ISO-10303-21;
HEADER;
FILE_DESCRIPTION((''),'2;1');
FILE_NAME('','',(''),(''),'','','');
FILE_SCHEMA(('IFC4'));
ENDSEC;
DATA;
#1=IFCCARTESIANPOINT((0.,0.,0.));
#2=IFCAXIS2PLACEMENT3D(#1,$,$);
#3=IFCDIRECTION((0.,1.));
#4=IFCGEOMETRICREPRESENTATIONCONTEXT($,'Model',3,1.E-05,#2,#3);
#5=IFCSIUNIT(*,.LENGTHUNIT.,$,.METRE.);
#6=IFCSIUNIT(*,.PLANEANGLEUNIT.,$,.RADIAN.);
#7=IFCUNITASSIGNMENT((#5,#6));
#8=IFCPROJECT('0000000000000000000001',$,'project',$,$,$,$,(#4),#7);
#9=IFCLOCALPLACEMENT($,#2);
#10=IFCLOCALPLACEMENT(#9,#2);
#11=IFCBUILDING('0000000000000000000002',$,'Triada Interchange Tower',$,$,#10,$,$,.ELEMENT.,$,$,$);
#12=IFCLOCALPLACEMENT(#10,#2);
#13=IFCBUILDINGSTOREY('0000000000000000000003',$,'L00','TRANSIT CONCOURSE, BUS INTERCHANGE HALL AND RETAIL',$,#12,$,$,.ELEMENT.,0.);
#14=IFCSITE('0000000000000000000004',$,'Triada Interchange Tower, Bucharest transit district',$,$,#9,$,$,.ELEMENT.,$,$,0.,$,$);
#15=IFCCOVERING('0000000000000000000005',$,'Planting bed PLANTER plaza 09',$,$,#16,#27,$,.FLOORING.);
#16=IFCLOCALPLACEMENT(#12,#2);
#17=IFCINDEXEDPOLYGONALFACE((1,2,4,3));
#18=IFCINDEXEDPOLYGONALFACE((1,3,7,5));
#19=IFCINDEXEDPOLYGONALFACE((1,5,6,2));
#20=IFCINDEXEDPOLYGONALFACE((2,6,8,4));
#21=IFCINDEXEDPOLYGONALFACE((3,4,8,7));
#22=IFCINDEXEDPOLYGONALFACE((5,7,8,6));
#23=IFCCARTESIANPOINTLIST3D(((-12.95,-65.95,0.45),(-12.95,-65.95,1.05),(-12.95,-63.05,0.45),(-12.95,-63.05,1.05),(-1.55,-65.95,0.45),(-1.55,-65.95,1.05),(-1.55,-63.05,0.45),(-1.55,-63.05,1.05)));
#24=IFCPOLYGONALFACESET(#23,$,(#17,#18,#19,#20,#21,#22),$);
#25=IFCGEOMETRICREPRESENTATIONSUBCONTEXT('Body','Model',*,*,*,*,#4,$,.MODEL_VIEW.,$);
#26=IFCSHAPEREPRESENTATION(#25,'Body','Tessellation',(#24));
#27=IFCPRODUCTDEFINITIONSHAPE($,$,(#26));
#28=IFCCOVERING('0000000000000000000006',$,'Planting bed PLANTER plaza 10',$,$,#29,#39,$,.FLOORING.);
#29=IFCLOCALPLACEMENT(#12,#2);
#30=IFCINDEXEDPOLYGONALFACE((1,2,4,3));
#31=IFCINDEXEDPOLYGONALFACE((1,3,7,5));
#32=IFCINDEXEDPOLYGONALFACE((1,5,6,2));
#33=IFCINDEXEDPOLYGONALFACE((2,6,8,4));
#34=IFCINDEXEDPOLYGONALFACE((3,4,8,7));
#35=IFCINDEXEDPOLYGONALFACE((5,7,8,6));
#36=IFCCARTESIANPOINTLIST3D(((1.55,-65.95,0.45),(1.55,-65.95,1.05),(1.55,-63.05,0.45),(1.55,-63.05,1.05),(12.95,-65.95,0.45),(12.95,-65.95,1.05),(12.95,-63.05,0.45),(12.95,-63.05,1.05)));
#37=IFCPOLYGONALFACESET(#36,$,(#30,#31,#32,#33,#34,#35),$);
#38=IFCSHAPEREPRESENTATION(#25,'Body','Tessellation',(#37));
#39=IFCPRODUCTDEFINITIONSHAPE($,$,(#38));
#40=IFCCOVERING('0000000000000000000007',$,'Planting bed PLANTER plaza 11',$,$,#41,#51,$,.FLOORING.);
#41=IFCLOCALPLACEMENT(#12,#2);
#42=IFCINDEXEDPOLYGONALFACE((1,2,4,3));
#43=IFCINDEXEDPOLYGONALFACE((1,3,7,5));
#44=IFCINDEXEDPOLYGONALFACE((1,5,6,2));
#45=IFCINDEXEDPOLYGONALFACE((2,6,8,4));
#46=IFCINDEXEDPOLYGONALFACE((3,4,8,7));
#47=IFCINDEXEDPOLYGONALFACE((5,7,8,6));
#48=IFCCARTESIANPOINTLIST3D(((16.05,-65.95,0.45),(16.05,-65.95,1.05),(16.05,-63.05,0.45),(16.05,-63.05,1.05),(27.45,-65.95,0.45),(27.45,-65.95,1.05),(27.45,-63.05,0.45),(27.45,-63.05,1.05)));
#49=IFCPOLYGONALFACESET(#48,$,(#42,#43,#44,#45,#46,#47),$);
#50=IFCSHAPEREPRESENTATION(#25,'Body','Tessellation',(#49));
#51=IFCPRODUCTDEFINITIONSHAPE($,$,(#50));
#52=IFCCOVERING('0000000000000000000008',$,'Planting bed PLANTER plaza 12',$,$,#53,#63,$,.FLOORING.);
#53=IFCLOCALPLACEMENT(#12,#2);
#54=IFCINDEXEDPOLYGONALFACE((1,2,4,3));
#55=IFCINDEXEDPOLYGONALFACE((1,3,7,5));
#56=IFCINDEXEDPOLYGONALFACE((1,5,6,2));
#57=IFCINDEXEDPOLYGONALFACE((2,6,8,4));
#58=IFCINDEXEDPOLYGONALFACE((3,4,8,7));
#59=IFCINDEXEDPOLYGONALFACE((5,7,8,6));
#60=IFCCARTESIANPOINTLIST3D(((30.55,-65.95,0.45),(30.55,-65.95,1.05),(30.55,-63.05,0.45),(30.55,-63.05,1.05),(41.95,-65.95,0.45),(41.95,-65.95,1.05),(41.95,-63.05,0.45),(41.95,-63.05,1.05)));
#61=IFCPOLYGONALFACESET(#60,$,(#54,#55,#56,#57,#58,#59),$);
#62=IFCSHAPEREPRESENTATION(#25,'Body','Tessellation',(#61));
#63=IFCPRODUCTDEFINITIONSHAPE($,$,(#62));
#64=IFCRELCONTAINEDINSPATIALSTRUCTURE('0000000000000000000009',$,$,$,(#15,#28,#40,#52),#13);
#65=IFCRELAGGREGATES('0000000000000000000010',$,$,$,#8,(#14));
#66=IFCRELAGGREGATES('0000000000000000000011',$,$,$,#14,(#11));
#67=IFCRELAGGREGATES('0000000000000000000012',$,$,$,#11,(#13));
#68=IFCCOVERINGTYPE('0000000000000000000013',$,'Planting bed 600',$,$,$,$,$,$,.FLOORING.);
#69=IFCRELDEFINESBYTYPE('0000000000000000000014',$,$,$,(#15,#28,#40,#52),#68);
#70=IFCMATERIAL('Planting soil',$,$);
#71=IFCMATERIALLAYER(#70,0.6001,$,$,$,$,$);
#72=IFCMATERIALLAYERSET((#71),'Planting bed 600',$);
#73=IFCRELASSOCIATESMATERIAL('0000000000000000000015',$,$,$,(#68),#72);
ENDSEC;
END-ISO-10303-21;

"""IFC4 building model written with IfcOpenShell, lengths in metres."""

from ifc_helpers import new_model, si_unit, direction, frame, origin, place, context, subcontext, project, spatial, polyline, outline, extrude, material, layer, layer_set, type_object, element, save


model = new_model("IFC4")

# Units and contexts
model_context = context("Model", 3, precision=1e-05, world=origin(), true_north=direction((0.0, 1.0)))
body_context = subcontext(model_context, "Body", "Model", "MODEL_VIEW")
ifc_project = project(units=[si_unit("LENGTHUNIT", "METRE"), si_unit("PLANEANGLEUNIT", "RADIAN")], contexts=[model_context])

# Site, building, storey
site_placement = place(None, origin())
site = spatial("IfcSite", under=ifc_project, at=site_placement, Name="Triada Interchange Tower, Bucharest transit district", CompositionType="ELEMENT", RefElevation=0.0)
building_placement = place(site_placement, origin())
building = spatial("IfcBuilding", under=site, at=building_placement, Name="Triada Interchange Tower", CompositionType="ELEMENT")
storey_placement = place(building_placement, origin())
storey = spatial("IfcBuildingStorey", under=building, at=storey_placement, Name="L00", Description="TRANSIT CONCOURSE, BUS INTERCHANGE HALL AND RETAIL", CompositionType="ELEMENT", Elevation=0.0)

# Coverings
ifc_material_1 = material(Name="Planting soil")
ifc_layer_1 = layer(ifc_material_1, 0.6001)
ifc_layer_set_1 = layer_set([ifc_layer_1], Name="Planting bed 600")
covering_type_1 = type_object("IfcCoveringType", Name="Planting bed 600", PredefinedType="FLOORING", material=ifc_layer_set_1)
covering_1_placement = place(storey_placement, frame((0.0, 0.0, 0.45)))
element("IfcCovering", 1, at=covering_1_placement, inside=storey, type_object=covering_type_1, Name="Planting bed PLANTER plaza 09", PredefinedType="FLOORING", context=body_context, shape_type="SweptSolid", body=[
    extrude(outline(polyline([(-12.95, -65.95), (-1.55, -65.95), (-1.55, -63.05), (-12.95, -63.05), (-12.95, -65.95)])), origin(), (0.0, 0.0, 1.0), 0.6001),
])
covering_2_placement = place(storey_placement, frame((0.0, 0.0, 0.45)))
element("IfcCovering", 2, at=covering_2_placement, inside=storey, type_object=covering_type_1, Name="Planting bed PLANTER plaza 10", PredefinedType="FLOORING", context=body_context, shape_type="SweptSolid", body=[
    extrude(outline(polyline([(1.55, -65.95), (12.95, -65.95), (12.95, -63.05), (1.55, -63.05), (1.55, -65.95)])), origin(), (0.0, 0.0, 1.0), 0.6001),
])
covering_3_placement = place(storey_placement, frame((0.0, 0.0, 0.45)))
element("IfcCovering", 3, at=covering_3_placement, inside=storey, type_object=covering_type_1, Name="Planting bed PLANTER plaza 11", PredefinedType="FLOORING", context=body_context, shape_type="SweptSolid", body=[
    extrude(outline(polyline([(16.05, -65.95), (27.45, -65.95), (27.45, -63.05), (16.05, -63.05), (16.05, -65.95)])), origin(), (0.0, 0.0, 1.0), 0.6001),
])
covering_4_placement = place(storey_placement, frame((0.0, 0.0, 0.45)))
element("IfcCovering", 4, at=covering_4_placement, inside=storey, type_object=covering_type_1, Name="Planting bed PLANTER plaza 12", PredefinedType="FLOORING", context=body_context, shape_type="SweptSolid", body=[
    extrude(outline(polyline([(30.55, -65.95), (41.95, -65.95), (41.95, -63.05), (30.55, -63.05), (30.55, -65.95)])), origin(), (0.0, 0.0, 1.0), 0.6001),
])

save(model, "model.ifc")
